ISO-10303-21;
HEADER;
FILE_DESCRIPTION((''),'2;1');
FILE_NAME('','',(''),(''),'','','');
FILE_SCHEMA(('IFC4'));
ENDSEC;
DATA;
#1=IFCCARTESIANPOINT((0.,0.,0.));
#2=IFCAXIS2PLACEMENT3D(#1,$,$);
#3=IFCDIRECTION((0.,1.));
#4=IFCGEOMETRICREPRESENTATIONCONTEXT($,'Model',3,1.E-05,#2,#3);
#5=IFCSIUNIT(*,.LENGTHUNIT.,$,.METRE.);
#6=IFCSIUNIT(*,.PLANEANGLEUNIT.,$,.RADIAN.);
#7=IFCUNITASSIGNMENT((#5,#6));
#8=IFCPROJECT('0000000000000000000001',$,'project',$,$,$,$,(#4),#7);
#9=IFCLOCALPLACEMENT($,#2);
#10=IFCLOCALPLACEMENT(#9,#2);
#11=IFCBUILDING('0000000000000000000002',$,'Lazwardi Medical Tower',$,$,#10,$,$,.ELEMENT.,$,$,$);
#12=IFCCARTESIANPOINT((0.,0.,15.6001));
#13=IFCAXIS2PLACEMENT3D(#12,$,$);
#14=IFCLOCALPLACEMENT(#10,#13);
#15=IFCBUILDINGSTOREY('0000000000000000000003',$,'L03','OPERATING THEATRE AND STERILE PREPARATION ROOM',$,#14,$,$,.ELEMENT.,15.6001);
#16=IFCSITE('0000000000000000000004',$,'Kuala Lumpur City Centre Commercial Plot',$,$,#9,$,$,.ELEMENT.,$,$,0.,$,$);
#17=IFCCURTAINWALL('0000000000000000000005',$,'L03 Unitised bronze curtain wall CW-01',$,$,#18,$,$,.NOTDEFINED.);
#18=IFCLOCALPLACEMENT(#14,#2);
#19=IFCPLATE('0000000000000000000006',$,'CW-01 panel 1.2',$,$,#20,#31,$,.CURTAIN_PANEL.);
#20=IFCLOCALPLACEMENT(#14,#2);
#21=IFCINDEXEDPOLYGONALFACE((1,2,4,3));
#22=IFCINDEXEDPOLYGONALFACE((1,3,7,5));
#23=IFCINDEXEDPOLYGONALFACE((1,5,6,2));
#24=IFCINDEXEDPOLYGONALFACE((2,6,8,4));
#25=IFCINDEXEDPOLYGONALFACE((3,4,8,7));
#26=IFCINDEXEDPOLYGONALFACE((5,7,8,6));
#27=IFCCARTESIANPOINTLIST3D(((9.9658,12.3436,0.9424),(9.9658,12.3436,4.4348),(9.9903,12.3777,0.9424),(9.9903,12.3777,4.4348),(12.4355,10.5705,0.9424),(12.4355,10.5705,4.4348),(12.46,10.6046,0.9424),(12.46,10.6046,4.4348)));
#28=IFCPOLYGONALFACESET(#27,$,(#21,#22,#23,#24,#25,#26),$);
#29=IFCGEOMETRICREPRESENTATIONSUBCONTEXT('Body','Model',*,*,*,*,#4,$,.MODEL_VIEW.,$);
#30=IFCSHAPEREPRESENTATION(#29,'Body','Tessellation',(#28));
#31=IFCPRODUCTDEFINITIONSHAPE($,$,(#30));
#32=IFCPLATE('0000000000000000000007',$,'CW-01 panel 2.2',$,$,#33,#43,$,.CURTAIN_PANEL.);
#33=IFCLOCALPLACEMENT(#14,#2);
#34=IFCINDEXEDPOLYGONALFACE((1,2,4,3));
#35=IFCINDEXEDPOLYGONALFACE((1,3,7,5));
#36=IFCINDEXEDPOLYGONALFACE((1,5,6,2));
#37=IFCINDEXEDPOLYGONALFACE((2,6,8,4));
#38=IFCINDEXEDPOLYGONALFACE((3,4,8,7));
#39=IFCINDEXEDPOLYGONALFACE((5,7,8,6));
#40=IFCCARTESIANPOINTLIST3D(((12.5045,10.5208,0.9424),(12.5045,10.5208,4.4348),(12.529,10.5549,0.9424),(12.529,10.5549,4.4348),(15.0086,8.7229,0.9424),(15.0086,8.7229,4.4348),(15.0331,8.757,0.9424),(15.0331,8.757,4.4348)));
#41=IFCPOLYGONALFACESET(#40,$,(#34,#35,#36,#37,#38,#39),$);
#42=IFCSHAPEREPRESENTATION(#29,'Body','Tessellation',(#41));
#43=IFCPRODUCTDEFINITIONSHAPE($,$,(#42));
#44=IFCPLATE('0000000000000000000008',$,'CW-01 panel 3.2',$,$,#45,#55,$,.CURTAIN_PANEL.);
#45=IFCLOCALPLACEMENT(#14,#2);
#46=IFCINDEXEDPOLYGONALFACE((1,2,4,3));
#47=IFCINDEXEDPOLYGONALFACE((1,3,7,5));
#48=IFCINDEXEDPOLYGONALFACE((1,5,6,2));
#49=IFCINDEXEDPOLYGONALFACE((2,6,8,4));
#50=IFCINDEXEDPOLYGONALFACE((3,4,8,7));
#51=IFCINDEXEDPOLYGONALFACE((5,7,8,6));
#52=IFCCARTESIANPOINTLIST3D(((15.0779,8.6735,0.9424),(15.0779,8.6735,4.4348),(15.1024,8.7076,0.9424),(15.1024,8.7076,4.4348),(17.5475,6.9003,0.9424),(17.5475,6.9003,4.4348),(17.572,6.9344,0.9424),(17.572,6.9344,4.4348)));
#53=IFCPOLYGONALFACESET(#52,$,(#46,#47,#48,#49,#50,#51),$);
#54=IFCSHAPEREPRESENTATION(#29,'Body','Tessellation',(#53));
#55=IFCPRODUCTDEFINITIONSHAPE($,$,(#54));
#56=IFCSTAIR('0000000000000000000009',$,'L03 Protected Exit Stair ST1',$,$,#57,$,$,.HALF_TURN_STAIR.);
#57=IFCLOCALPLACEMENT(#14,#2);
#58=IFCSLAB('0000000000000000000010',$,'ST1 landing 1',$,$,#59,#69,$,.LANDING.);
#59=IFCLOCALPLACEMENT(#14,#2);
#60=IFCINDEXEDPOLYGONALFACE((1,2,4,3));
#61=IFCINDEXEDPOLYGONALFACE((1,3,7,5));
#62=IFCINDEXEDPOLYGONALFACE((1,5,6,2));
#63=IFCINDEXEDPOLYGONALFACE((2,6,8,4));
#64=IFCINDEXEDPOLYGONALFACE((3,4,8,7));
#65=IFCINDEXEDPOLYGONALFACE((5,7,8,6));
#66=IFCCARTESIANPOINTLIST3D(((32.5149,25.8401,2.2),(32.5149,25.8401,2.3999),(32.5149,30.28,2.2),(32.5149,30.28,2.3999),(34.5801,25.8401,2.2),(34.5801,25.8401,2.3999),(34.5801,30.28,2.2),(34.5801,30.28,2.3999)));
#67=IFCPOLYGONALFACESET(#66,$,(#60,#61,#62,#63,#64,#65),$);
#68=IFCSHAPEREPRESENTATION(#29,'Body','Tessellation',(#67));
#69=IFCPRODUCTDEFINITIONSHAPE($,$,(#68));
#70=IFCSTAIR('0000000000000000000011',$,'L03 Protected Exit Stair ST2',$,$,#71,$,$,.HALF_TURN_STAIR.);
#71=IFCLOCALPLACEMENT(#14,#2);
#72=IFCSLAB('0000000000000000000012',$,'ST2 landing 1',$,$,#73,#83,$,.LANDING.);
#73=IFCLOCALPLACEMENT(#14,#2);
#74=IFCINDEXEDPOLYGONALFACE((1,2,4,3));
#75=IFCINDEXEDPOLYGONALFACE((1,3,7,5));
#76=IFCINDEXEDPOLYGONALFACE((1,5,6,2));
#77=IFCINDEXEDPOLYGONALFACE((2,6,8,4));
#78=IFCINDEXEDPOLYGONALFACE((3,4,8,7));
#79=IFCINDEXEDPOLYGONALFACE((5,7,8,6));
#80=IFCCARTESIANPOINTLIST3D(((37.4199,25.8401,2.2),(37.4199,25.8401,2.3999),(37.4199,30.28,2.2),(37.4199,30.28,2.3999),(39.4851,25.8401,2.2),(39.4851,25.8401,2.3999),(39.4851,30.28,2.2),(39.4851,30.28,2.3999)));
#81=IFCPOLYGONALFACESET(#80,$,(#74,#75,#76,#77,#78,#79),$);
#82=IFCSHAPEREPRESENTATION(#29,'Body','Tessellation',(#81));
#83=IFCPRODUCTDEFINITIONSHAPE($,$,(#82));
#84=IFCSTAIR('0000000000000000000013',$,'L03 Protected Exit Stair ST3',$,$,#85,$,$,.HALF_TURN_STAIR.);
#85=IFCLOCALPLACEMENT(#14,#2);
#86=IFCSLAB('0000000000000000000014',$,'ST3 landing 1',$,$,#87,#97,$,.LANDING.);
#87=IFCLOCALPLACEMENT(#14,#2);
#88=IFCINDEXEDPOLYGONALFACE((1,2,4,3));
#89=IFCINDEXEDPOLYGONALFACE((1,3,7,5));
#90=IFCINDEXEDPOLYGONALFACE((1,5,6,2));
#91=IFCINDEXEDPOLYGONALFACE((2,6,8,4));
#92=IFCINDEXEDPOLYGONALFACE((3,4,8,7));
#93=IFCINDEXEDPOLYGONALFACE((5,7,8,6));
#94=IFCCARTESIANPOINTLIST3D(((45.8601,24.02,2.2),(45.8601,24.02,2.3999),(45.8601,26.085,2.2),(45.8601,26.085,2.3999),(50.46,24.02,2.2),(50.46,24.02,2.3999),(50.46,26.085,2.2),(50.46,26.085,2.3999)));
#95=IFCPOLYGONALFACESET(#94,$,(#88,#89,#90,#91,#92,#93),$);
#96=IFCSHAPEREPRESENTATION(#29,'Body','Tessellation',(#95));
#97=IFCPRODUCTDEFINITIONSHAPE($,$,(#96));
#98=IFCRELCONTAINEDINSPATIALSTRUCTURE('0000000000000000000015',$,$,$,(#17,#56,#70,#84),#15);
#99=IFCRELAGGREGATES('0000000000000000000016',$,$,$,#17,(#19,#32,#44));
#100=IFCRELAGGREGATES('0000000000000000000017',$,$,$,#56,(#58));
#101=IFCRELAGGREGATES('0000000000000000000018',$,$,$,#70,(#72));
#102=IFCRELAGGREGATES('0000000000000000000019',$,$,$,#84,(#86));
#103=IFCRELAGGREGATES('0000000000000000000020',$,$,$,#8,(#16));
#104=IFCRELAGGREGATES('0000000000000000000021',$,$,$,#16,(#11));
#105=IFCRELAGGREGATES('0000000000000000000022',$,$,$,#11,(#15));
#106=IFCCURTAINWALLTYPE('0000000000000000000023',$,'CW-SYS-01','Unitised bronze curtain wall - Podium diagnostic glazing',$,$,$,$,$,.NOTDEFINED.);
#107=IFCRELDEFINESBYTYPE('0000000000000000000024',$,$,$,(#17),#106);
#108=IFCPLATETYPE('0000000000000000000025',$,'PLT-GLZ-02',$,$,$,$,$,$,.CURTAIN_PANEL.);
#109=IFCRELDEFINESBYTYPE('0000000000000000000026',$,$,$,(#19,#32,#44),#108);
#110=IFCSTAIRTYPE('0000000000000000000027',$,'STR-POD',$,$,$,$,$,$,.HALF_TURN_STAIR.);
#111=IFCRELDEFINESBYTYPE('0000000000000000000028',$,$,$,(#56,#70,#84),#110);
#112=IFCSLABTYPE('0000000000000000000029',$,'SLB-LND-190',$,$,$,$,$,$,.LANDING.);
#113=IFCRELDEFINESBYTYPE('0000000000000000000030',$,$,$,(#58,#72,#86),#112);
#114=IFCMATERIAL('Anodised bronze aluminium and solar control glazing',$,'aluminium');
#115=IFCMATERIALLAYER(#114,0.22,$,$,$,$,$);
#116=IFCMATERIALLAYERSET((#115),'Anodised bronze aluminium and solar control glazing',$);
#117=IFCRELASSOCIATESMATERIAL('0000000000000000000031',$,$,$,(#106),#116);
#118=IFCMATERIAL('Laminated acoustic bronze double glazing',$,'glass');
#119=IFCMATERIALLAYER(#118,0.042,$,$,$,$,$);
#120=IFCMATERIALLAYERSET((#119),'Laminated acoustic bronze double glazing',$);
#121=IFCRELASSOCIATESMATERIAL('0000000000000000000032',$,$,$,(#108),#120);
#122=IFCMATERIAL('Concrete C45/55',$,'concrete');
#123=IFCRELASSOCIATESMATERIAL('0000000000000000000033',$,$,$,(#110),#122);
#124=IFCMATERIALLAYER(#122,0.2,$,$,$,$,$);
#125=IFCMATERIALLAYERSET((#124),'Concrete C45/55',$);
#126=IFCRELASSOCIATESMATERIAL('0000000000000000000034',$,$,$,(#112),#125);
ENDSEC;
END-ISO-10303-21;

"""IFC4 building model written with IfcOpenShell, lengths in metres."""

from ifc_helpers import new_model, si_unit, direction, frame, origin, origin_2d, place, context, subcontext, project, spatial, polyline, rectangle, outline, extrude, material, layer, layer_set, type_object, element, aggregate, save


model = new_model("IFC4")

# Units and contexts
model_context = context("Model", 3, precision=1e-05, world=origin(), true_north=direction((0.0, 1.0)))
body_context = subcontext(model_context, "Body", "Model", "MODEL_VIEW")
ifc_project = project(units=[si_unit("LENGTHUNIT", "METRE"), si_unit("PLANEANGLEUNIT", "RADIAN")], contexts=[model_context])

# Site, building, storey
site_placement = place(None, origin())
site = spatial("IfcSite", under=ifc_project, at=site_placement, Name="Kuala Lumpur City Centre Commercial Plot", CompositionType="ELEMENT", RefElevation=0.0)
building_placement = place(site_placement, origin())
building = spatial("IfcBuilding", under=site, at=building_placement, Name="Lazwardi Medical Tower", CompositionType="ELEMENT")
storey_placement = place(building_placement, frame((0.0, 0.0, 15.6001)))
storey = spatial("IfcBuildingStorey", under=building, at=storey_placement, Name="L03", Description="OPERATING THEATRE AND STERILE PREPARATION ROOM", CompositionType="ELEMENT", Elevation=15.6001)

# Shared definitions
ifc_material_1 = material(Name="Anodised bronze aluminium and solar control glazing", Category="aluminium")
ifc_layer_1 = layer(ifc_material_1, 0.22)
ifc_layer_set_1 = layer_set([ifc_layer_1], Name="Anodised bronze aluminium and solar control glazing")
curtain_wall_type = type_object("IfcCurtainWallType", Name="CW-SYS-01", Description="Unitised bronze curtain wall - Podium diagnostic glazing", PredefinedType="NOTDEFINED", material=ifc_layer_set_1)

# Curtain wall, plates
curtain_wall_1_placement = place(storey_placement, origin())
curtain_wall_1 = element("IfcCurtainWall", 1, at=curtain_wall_1_placement, inside=storey, type_object=curtain_wall_type, Name="L03 Unitised bronze curtain wall CW-01", PredefinedType="NOTDEFINED")
ifc_material_2 = material(Name="Laminated acoustic bronze double glazing", Category="glass")
ifc_layer_2 = layer(ifc_material_2, 0.042)
ifc_layer_set_2 = layer_set([ifc_layer_2], Name="Laminated acoustic bronze double glazing")
plate_type_1 = type_object("IfcPlateType", Name="PLT-GLZ-02", PredefinedType="CURTAIN_PANEL", material=ifc_layer_set_2)
plate_1_placement = place(storey_placement, frame((11.2129, 11.4741, 0.9424), z_axis=(0.0, 0.0, 1.0), x_axis=(0.812318, -0.583214, 0.0)))
plate_1 = element("IfcPlate", 2, at=plate_1_placement, type_object=plate_type_1, Name="CW-01 panel 1.2", PredefinedType="CURTAIN_PANEL", context=body_context, shape_type="SweptSolid", body=[
    extrude(rectangle(XDim=3.0403, YDim=0.042, at=origin_2d()), origin(), (0.0, 0.0, 1.0), 3.4924),
])
plate_2_placement = place(storey_placement, frame((13.7688, 9.6389, 0.9424), z_axis=(0.0, 0.0, 1.0), x_axis=(0.812318, -0.583214, 0.0)))
plate_2 = element("IfcPlate", 3, at=plate_2_placement, type_object=plate_type_1, Name="CW-01 panel 2.2", PredefinedType="CURTAIN_PANEL", context=body_context, shape_type="SweptSolid", body=[
    extrude(rectangle(XDim=3.0828, YDim=0.042, at=origin_2d()), origin(), (0.0, 0.0, 1.0), 3.4924),
])
plate_3_placement = place(storey_placement, frame((16.325, 7.804, 0.9424), z_axis=(0.0, 0.0, 1.0), x_axis=(0.812318, -0.583214, 0.0)))
plate_3 = element("IfcPlate", 4, at=plate_3_placement, type_object=plate_type_1, Name="CW-01 panel 3.2", PredefinedType="CURTAIN_PANEL", context=body_context, shape_type="SweptSolid", body=[
    extrude(rectangle(XDim=3.0403, YDim=0.042, at=origin_2d()), origin(), (0.0, 0.0, 1.0), 3.4924),
])
aggregate(curtain_wall_1, [plate_1, plate_2, plate_3])

# Stairs, slabs
ifc_material_3 = material(Name="Concrete C45/55", Category="concrete")
stair_type = type_object("IfcStairType", Name="STR-POD", PredefinedType="HALF_TURN_STAIR", material=ifc_material_3)
stair_1_placement = place(storey_placement, origin())
stair_1 = element("IfcStair", 5, at=stair_1_placement, inside=storey, type_object=stair_type, Name="L03 Protected Exit Stair ST1", PredefinedType="HALF_TURN_STAIR")
ifc_layer_3 = layer(ifc_material_3, 0.2)
ifc_layer_set_3 = layer_set([ifc_layer_3], Name="Concrete C45/55")
slab_type_1 = type_object("IfcSlabType", Name="SLB-LND-190", PredefinedType="LANDING", material=ifc_layer_set_3)
slab_1_placement = place(storey_placement, frame((0.0, 0.0, 2.2)))
slab_1 = element("IfcSlab", 6, at=slab_1_placement, type_object=slab_type_1, Name="ST1 landing 1", PredefinedType="LANDING", context=body_context, shape_type="SweptSolid", body=[
    extrude(outline(polyline([(32.5149, 25.8401), (34.5801, 25.8401), (34.5801, 30.28), (32.5149, 30.28), (32.5149, 25.8401)])), origin(), (0.0, 0.0, 1.0), 0.2),
])
aggregate(stair_1, [slab_1])
stair_2_placement = place(storey_placement, origin())
stair_2 = element("IfcStair", 7, at=stair_2_placement, inside=storey, type_object=stair_type, Name="L03 Protected Exit Stair ST2", PredefinedType="HALF_TURN_STAIR")
slab_2_placement = place(storey_placement, frame((0.0, 0.0, 2.2)))
slab_2 = element("IfcSlab", 8, at=slab_2_placement, type_object=slab_type_1, Name="ST2 landing 1", PredefinedType="LANDING", context=body_context, shape_type="SweptSolid", body=[
    extrude(outline(polyline([(39.4851, 30.28), (37.4199, 30.28), (37.4199, 25.8401), (39.4851, 25.8401), (39.4851, 30.28)])), origin(), (0.0, 0.0, 1.0), 0.2),
])
aggregate(stair_2, [slab_2])
stair_3_placement = place(storey_placement, origin())
stair_3 = element("IfcStair", 9, at=stair_3_placement, inside=storey, type_object=stair_type, Name="L03 Protected Exit Stair ST3", PredefinedType="HALF_TURN_STAIR")
slab_3_placement = place(storey_placement, frame((0.0, 0.0, 2.2)))
slab_3 = element("IfcSlab", 10, at=slab_3_placement, type_object=slab_type_1, Name="ST3 landing 1", PredefinedType="LANDING", context=body_context, shape_type="SweptSolid", body=[
    extrude(outline(polyline([(45.8601, 26.085), (45.8601, 24.02), (50.46, 24.02), (50.46, 26.085), (45.8601, 26.085)])), origin(), (0.0, 0.0, 1.0), 0.2),
])
aggregate(stair_3, [slab_3])

save(model, "model.ifc")
